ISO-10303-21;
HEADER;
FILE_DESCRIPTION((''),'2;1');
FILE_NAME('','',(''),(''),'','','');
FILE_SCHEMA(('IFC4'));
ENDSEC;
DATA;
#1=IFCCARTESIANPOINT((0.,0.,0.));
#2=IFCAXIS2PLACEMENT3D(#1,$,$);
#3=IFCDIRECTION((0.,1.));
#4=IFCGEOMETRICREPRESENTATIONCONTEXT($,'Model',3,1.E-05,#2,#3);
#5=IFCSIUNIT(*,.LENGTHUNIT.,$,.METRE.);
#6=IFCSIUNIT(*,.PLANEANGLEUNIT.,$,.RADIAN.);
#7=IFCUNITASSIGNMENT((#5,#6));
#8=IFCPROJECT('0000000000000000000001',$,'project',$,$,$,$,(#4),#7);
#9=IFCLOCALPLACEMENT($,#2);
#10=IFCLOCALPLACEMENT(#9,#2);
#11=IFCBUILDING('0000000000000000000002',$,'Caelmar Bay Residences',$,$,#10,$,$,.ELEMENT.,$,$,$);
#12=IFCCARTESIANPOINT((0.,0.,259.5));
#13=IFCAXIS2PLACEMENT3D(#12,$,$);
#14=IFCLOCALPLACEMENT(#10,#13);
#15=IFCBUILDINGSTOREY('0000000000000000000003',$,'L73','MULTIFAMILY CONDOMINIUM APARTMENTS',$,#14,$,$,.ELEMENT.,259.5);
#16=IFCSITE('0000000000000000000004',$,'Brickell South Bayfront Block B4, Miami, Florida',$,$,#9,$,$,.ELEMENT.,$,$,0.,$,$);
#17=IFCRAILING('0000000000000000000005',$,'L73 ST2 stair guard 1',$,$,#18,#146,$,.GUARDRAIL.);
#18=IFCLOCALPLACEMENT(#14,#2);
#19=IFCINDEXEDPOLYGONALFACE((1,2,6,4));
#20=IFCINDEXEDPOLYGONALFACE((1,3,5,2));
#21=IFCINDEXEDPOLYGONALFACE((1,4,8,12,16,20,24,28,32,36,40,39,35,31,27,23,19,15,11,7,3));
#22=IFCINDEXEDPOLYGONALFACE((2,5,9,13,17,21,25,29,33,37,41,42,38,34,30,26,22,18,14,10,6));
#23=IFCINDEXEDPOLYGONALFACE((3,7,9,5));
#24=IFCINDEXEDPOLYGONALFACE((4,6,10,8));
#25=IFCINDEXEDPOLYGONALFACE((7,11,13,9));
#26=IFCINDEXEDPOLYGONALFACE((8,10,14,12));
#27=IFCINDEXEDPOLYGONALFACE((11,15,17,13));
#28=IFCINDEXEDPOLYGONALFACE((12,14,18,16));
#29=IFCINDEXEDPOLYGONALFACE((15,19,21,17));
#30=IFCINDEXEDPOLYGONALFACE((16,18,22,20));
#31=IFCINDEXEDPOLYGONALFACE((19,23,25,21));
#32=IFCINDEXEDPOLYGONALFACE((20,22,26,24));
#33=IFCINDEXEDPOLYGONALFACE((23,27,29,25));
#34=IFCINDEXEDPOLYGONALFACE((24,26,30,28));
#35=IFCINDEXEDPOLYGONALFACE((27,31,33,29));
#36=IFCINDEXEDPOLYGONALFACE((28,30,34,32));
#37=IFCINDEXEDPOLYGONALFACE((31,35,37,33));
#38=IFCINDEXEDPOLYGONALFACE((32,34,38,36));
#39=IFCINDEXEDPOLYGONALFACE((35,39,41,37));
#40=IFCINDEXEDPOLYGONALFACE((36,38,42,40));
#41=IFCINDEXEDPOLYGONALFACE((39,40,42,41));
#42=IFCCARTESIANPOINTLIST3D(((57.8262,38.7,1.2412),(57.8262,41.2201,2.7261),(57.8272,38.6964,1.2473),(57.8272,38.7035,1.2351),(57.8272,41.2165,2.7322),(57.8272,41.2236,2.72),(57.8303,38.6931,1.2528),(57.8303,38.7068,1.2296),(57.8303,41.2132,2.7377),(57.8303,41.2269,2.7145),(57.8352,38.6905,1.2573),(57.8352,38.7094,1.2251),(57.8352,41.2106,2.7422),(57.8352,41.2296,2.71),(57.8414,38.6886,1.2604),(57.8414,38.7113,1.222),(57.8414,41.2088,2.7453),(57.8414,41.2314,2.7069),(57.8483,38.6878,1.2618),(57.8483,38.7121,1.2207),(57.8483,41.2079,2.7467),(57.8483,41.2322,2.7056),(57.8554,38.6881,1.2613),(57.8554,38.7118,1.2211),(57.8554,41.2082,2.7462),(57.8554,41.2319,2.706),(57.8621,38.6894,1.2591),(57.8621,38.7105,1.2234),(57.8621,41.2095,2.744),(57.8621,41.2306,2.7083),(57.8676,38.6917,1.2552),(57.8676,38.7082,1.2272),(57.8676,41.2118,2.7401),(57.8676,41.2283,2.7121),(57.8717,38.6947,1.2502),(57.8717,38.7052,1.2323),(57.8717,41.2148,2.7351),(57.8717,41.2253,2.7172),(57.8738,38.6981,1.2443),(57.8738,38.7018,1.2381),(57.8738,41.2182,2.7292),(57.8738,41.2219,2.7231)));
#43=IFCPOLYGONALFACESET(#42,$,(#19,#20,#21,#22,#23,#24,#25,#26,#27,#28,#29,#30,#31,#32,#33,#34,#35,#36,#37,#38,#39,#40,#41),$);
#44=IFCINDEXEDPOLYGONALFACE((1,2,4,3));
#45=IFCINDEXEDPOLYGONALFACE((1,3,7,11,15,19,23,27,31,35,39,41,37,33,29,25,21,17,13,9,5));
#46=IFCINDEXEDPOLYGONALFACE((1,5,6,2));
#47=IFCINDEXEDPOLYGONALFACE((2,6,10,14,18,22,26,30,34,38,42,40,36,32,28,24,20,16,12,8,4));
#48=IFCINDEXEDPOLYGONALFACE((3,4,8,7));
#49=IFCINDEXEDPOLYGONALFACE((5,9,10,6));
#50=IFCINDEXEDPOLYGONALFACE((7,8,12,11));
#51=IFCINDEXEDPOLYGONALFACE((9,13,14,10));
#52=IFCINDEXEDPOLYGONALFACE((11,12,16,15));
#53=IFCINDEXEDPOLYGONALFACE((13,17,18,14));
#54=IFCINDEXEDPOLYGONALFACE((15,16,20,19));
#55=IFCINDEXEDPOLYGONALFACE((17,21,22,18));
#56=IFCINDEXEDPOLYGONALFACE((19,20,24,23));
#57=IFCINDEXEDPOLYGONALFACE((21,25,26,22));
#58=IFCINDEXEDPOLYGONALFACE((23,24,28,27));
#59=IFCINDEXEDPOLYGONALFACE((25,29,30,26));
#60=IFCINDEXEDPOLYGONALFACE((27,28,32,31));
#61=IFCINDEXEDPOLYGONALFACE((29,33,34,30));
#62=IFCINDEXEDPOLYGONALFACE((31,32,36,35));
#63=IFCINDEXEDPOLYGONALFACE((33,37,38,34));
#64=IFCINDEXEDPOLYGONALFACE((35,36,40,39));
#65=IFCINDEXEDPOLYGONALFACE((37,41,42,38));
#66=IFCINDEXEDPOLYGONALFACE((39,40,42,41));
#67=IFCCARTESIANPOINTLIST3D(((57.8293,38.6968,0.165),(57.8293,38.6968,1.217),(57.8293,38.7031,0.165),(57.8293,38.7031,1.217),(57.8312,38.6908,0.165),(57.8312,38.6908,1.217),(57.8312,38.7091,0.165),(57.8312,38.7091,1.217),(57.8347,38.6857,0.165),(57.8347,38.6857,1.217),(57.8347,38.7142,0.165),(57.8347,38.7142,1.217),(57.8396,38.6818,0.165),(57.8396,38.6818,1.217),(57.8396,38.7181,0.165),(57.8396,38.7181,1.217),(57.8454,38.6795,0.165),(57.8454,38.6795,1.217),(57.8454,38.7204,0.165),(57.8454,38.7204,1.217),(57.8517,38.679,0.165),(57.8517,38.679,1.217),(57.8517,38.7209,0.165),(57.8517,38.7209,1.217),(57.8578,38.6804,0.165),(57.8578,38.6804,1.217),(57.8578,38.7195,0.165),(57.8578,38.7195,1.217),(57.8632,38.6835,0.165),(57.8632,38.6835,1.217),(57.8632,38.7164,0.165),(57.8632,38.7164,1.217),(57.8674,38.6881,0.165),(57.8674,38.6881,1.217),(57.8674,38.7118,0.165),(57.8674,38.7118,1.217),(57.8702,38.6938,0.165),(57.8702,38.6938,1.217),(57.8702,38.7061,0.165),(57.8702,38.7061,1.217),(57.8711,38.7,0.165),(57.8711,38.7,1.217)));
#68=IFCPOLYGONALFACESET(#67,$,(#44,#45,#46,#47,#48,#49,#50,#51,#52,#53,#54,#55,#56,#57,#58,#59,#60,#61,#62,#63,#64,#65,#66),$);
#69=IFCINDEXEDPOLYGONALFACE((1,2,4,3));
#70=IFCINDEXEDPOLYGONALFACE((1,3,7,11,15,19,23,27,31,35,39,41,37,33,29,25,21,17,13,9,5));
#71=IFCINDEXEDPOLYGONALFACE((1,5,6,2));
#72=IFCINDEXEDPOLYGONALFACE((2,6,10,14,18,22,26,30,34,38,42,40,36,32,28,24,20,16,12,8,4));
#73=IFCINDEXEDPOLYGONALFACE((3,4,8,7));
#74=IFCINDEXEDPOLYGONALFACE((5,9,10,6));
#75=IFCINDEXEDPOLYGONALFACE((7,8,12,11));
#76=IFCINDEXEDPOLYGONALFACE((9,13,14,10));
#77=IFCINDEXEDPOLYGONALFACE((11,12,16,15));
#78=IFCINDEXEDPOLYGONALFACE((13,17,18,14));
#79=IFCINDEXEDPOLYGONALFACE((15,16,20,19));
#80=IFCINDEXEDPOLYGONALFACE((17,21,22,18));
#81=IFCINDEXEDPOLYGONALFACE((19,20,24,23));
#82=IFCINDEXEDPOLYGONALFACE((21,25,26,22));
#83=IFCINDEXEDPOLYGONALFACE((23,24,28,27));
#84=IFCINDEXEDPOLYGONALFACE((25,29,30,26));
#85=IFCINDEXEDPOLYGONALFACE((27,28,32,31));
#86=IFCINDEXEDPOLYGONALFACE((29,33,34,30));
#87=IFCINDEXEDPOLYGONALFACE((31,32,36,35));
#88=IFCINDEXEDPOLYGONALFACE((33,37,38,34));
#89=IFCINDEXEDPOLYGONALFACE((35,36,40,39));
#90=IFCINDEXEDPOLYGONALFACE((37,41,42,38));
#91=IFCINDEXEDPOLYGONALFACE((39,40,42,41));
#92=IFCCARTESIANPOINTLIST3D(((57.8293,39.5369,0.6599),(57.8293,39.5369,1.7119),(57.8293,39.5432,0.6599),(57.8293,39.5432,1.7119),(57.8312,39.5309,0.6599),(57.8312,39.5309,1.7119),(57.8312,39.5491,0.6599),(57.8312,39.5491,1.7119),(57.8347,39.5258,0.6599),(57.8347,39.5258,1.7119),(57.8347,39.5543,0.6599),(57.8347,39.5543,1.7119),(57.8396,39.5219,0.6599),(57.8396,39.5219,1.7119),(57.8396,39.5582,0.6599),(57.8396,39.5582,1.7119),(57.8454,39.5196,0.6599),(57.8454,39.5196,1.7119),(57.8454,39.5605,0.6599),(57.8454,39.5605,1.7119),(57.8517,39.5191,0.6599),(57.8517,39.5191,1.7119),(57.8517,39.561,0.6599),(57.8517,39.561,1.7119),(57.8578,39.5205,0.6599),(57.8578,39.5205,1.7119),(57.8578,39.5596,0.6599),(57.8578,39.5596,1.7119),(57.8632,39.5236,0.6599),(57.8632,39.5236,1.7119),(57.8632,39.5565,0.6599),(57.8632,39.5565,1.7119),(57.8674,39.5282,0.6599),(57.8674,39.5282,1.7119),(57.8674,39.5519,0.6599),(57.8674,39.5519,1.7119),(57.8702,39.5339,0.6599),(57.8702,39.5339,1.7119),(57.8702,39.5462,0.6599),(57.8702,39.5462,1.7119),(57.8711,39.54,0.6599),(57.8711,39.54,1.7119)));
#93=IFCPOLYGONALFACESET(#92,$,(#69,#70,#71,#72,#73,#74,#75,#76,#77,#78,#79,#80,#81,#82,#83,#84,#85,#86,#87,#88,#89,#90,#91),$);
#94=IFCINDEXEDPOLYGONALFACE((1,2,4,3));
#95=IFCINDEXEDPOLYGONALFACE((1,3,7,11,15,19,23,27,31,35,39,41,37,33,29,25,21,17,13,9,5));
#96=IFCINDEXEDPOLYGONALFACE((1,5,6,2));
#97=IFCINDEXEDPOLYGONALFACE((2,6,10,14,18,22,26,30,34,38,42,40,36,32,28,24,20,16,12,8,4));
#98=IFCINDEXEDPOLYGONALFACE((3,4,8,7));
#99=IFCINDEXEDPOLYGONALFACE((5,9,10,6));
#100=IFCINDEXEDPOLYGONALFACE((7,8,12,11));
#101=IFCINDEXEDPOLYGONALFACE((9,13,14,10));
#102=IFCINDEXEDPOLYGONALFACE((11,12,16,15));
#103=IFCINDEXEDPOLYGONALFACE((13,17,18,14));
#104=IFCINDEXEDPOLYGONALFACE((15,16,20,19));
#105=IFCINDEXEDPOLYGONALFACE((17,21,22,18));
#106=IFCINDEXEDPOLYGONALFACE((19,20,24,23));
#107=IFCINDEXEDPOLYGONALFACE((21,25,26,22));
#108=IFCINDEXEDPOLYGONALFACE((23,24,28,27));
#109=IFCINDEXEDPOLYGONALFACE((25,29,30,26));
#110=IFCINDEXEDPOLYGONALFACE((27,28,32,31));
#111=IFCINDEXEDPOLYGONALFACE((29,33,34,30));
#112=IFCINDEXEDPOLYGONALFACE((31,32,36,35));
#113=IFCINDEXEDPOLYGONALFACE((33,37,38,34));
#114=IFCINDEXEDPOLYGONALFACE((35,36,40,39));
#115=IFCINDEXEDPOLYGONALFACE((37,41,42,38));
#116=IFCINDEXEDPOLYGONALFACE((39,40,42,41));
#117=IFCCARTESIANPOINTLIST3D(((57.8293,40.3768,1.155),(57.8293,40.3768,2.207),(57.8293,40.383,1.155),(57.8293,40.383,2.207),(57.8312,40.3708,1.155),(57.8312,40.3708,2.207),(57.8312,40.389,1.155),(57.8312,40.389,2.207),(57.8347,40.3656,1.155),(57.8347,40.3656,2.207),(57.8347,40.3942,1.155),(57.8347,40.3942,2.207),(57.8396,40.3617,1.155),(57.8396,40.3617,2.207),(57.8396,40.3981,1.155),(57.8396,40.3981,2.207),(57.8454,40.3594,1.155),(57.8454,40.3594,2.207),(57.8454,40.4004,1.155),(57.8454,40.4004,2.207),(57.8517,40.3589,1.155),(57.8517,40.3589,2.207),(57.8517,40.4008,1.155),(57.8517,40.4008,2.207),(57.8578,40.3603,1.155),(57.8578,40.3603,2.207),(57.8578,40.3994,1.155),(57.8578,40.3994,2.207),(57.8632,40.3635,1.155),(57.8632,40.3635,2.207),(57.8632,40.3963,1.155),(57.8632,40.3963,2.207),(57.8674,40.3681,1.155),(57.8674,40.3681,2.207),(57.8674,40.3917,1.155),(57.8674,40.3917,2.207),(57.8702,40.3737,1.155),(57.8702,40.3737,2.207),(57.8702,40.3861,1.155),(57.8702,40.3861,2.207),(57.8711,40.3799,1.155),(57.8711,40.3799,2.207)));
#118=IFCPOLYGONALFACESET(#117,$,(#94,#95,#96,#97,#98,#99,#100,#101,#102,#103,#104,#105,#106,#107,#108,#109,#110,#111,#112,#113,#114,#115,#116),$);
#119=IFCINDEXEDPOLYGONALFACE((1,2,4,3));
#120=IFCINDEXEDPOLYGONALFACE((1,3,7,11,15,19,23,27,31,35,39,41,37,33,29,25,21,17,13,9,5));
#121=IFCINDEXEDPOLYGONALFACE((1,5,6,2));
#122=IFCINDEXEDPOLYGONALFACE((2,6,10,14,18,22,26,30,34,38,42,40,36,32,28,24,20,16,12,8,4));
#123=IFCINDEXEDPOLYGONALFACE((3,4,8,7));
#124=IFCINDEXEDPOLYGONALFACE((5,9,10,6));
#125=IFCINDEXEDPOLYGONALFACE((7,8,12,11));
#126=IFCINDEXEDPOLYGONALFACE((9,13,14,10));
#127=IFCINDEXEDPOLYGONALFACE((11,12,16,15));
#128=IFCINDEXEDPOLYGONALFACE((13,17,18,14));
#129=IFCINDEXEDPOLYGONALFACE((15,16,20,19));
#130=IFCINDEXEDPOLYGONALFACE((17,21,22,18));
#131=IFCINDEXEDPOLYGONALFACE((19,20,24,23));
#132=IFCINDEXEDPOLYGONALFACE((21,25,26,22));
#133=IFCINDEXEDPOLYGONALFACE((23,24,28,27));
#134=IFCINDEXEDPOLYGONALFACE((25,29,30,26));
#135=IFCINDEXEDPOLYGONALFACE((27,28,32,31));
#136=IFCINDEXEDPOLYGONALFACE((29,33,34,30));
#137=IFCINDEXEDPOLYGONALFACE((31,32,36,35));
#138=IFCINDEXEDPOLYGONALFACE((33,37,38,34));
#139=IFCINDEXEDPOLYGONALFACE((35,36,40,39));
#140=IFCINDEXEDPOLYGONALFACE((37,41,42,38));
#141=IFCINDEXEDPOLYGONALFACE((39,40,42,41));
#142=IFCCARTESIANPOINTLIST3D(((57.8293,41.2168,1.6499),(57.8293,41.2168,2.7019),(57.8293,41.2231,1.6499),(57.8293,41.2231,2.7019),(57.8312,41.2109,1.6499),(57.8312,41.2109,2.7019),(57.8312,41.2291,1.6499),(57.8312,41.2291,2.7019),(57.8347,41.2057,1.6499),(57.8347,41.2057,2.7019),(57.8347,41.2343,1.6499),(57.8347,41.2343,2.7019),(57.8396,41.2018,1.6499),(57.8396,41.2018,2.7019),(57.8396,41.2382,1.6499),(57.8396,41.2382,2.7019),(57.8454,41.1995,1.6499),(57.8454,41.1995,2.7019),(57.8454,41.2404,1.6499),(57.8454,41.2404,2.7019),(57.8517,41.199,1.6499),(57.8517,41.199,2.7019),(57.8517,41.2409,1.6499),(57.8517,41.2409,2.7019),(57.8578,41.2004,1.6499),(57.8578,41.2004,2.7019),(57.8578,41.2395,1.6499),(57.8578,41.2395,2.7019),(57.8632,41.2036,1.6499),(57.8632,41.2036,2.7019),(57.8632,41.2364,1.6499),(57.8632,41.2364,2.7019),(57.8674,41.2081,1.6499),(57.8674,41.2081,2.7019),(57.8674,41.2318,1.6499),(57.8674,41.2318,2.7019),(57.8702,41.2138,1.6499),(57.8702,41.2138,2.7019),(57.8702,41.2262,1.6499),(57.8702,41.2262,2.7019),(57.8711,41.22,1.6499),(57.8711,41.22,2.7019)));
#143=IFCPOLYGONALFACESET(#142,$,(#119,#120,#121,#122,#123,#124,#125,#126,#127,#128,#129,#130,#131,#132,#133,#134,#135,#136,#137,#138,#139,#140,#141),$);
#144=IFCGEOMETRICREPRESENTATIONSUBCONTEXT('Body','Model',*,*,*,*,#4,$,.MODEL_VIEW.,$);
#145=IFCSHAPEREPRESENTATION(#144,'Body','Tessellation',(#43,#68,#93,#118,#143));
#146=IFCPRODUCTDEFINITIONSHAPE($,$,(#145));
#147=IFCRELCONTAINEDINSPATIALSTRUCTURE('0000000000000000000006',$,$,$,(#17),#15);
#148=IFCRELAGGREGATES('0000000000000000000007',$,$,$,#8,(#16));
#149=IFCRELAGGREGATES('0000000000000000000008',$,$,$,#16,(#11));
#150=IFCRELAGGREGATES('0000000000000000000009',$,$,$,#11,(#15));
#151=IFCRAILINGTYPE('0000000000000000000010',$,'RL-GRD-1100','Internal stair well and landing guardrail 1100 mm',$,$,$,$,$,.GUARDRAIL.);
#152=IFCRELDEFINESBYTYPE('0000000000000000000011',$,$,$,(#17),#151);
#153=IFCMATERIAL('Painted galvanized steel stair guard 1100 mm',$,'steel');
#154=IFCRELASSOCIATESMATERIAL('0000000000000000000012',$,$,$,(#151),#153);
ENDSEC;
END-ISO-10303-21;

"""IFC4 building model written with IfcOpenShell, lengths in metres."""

from ifc_helpers import new_model, si_unit, direction, frame, origin, origin_2d, place, context, subcontext, project, spatial, circle, extrude, material, type_object, element, save


model = new_model("IFC4")

# Units and contexts
model_context = context("Model", 3, precision=1e-05, world=origin(), true_north=direction((0.0, 1.0)))
body_context = subcontext(model_context, "Body", "Model", "MODEL_VIEW")
ifc_project = project(units=[si_unit("LENGTHUNIT", "METRE"), si_unit("PLANEANGLEUNIT", "RADIAN")], contexts=[model_context])

# Site, building, storey
site_placement = place(None, origin())
site = spatial("IfcSite", under=ifc_project, at=site_placement, Name="Brickell South Bayfront Block B4, Miami, Florida", CompositionType="ELEMENT", RefElevation=0.0)
building_placement = place(site_placement, origin())
building = spatial("IfcBuilding", under=site, at=building_placement, Name="Caelmar Bay Residences", CompositionType="ELEMENT")
storey_placement = place(building_placement, frame((0.0, 0.0, 259.5)))
storey = spatial("IfcBuildingStorey", under=building, at=storey_placement, Name="L73", Description="MULTIFAMILY CONDOMINIUM APARTMENTS", CompositionType="ELEMENT", Elevation=259.5)

# Railing
ifc_material_1 = material(Name="Painted galvanized steel stair guard 1100 mm", Category="steel")
railing_type_1 = type_object("IfcRailingType", Name="RL-GRD-1100", Description="Internal stair well and landing guardrail 1100 mm", PredefinedType="GUARDRAIL", material=ifc_material_1)
railing_1_placement = place(storey_placement, frame((57.8501, 38.7, 0.165)))
element("IfcRailing", 1, at=railing_1_placement, inside=storey, type_object=railing_type_1, Name="L73 ST2 stair guard 1", PredefinedType="GUARDRAIL", context=body_context, shape_type="SweptSolid", body=[
    extrude(circle(Radius=0.0239, at=origin_2d()), frame((0.0, 0.0, 1.0762), z_axis=(0.0, 0.861561, 0.507655), x_axis=(-1.0, 0.0, 0.0)), (0.0, 0.0, 1.0), 2.925),
    extrude(circle(Radius=0.021, at=origin_2d()), origin(), (0.0, 0.0, 1.0), 1.052),
    extrude(circle(Radius=0.021, at=origin_2d()), frame((0.0, 0.8401, 0.4949)), (0.0, 0.0, 1.0), 1.052),
    extrude(circle(Radius=0.021, at=origin_2d()), frame((0.0, 1.6799, 0.99)), (0.0, 0.0, 1.0), 1.052),
    extrude(circle(Radius=0.021, at=origin_2d()), frame((0.0, 2.52, 1.4849)), (0.0, 0.0, 1.0), 1.052),
])

save(model, "model.ifc")
